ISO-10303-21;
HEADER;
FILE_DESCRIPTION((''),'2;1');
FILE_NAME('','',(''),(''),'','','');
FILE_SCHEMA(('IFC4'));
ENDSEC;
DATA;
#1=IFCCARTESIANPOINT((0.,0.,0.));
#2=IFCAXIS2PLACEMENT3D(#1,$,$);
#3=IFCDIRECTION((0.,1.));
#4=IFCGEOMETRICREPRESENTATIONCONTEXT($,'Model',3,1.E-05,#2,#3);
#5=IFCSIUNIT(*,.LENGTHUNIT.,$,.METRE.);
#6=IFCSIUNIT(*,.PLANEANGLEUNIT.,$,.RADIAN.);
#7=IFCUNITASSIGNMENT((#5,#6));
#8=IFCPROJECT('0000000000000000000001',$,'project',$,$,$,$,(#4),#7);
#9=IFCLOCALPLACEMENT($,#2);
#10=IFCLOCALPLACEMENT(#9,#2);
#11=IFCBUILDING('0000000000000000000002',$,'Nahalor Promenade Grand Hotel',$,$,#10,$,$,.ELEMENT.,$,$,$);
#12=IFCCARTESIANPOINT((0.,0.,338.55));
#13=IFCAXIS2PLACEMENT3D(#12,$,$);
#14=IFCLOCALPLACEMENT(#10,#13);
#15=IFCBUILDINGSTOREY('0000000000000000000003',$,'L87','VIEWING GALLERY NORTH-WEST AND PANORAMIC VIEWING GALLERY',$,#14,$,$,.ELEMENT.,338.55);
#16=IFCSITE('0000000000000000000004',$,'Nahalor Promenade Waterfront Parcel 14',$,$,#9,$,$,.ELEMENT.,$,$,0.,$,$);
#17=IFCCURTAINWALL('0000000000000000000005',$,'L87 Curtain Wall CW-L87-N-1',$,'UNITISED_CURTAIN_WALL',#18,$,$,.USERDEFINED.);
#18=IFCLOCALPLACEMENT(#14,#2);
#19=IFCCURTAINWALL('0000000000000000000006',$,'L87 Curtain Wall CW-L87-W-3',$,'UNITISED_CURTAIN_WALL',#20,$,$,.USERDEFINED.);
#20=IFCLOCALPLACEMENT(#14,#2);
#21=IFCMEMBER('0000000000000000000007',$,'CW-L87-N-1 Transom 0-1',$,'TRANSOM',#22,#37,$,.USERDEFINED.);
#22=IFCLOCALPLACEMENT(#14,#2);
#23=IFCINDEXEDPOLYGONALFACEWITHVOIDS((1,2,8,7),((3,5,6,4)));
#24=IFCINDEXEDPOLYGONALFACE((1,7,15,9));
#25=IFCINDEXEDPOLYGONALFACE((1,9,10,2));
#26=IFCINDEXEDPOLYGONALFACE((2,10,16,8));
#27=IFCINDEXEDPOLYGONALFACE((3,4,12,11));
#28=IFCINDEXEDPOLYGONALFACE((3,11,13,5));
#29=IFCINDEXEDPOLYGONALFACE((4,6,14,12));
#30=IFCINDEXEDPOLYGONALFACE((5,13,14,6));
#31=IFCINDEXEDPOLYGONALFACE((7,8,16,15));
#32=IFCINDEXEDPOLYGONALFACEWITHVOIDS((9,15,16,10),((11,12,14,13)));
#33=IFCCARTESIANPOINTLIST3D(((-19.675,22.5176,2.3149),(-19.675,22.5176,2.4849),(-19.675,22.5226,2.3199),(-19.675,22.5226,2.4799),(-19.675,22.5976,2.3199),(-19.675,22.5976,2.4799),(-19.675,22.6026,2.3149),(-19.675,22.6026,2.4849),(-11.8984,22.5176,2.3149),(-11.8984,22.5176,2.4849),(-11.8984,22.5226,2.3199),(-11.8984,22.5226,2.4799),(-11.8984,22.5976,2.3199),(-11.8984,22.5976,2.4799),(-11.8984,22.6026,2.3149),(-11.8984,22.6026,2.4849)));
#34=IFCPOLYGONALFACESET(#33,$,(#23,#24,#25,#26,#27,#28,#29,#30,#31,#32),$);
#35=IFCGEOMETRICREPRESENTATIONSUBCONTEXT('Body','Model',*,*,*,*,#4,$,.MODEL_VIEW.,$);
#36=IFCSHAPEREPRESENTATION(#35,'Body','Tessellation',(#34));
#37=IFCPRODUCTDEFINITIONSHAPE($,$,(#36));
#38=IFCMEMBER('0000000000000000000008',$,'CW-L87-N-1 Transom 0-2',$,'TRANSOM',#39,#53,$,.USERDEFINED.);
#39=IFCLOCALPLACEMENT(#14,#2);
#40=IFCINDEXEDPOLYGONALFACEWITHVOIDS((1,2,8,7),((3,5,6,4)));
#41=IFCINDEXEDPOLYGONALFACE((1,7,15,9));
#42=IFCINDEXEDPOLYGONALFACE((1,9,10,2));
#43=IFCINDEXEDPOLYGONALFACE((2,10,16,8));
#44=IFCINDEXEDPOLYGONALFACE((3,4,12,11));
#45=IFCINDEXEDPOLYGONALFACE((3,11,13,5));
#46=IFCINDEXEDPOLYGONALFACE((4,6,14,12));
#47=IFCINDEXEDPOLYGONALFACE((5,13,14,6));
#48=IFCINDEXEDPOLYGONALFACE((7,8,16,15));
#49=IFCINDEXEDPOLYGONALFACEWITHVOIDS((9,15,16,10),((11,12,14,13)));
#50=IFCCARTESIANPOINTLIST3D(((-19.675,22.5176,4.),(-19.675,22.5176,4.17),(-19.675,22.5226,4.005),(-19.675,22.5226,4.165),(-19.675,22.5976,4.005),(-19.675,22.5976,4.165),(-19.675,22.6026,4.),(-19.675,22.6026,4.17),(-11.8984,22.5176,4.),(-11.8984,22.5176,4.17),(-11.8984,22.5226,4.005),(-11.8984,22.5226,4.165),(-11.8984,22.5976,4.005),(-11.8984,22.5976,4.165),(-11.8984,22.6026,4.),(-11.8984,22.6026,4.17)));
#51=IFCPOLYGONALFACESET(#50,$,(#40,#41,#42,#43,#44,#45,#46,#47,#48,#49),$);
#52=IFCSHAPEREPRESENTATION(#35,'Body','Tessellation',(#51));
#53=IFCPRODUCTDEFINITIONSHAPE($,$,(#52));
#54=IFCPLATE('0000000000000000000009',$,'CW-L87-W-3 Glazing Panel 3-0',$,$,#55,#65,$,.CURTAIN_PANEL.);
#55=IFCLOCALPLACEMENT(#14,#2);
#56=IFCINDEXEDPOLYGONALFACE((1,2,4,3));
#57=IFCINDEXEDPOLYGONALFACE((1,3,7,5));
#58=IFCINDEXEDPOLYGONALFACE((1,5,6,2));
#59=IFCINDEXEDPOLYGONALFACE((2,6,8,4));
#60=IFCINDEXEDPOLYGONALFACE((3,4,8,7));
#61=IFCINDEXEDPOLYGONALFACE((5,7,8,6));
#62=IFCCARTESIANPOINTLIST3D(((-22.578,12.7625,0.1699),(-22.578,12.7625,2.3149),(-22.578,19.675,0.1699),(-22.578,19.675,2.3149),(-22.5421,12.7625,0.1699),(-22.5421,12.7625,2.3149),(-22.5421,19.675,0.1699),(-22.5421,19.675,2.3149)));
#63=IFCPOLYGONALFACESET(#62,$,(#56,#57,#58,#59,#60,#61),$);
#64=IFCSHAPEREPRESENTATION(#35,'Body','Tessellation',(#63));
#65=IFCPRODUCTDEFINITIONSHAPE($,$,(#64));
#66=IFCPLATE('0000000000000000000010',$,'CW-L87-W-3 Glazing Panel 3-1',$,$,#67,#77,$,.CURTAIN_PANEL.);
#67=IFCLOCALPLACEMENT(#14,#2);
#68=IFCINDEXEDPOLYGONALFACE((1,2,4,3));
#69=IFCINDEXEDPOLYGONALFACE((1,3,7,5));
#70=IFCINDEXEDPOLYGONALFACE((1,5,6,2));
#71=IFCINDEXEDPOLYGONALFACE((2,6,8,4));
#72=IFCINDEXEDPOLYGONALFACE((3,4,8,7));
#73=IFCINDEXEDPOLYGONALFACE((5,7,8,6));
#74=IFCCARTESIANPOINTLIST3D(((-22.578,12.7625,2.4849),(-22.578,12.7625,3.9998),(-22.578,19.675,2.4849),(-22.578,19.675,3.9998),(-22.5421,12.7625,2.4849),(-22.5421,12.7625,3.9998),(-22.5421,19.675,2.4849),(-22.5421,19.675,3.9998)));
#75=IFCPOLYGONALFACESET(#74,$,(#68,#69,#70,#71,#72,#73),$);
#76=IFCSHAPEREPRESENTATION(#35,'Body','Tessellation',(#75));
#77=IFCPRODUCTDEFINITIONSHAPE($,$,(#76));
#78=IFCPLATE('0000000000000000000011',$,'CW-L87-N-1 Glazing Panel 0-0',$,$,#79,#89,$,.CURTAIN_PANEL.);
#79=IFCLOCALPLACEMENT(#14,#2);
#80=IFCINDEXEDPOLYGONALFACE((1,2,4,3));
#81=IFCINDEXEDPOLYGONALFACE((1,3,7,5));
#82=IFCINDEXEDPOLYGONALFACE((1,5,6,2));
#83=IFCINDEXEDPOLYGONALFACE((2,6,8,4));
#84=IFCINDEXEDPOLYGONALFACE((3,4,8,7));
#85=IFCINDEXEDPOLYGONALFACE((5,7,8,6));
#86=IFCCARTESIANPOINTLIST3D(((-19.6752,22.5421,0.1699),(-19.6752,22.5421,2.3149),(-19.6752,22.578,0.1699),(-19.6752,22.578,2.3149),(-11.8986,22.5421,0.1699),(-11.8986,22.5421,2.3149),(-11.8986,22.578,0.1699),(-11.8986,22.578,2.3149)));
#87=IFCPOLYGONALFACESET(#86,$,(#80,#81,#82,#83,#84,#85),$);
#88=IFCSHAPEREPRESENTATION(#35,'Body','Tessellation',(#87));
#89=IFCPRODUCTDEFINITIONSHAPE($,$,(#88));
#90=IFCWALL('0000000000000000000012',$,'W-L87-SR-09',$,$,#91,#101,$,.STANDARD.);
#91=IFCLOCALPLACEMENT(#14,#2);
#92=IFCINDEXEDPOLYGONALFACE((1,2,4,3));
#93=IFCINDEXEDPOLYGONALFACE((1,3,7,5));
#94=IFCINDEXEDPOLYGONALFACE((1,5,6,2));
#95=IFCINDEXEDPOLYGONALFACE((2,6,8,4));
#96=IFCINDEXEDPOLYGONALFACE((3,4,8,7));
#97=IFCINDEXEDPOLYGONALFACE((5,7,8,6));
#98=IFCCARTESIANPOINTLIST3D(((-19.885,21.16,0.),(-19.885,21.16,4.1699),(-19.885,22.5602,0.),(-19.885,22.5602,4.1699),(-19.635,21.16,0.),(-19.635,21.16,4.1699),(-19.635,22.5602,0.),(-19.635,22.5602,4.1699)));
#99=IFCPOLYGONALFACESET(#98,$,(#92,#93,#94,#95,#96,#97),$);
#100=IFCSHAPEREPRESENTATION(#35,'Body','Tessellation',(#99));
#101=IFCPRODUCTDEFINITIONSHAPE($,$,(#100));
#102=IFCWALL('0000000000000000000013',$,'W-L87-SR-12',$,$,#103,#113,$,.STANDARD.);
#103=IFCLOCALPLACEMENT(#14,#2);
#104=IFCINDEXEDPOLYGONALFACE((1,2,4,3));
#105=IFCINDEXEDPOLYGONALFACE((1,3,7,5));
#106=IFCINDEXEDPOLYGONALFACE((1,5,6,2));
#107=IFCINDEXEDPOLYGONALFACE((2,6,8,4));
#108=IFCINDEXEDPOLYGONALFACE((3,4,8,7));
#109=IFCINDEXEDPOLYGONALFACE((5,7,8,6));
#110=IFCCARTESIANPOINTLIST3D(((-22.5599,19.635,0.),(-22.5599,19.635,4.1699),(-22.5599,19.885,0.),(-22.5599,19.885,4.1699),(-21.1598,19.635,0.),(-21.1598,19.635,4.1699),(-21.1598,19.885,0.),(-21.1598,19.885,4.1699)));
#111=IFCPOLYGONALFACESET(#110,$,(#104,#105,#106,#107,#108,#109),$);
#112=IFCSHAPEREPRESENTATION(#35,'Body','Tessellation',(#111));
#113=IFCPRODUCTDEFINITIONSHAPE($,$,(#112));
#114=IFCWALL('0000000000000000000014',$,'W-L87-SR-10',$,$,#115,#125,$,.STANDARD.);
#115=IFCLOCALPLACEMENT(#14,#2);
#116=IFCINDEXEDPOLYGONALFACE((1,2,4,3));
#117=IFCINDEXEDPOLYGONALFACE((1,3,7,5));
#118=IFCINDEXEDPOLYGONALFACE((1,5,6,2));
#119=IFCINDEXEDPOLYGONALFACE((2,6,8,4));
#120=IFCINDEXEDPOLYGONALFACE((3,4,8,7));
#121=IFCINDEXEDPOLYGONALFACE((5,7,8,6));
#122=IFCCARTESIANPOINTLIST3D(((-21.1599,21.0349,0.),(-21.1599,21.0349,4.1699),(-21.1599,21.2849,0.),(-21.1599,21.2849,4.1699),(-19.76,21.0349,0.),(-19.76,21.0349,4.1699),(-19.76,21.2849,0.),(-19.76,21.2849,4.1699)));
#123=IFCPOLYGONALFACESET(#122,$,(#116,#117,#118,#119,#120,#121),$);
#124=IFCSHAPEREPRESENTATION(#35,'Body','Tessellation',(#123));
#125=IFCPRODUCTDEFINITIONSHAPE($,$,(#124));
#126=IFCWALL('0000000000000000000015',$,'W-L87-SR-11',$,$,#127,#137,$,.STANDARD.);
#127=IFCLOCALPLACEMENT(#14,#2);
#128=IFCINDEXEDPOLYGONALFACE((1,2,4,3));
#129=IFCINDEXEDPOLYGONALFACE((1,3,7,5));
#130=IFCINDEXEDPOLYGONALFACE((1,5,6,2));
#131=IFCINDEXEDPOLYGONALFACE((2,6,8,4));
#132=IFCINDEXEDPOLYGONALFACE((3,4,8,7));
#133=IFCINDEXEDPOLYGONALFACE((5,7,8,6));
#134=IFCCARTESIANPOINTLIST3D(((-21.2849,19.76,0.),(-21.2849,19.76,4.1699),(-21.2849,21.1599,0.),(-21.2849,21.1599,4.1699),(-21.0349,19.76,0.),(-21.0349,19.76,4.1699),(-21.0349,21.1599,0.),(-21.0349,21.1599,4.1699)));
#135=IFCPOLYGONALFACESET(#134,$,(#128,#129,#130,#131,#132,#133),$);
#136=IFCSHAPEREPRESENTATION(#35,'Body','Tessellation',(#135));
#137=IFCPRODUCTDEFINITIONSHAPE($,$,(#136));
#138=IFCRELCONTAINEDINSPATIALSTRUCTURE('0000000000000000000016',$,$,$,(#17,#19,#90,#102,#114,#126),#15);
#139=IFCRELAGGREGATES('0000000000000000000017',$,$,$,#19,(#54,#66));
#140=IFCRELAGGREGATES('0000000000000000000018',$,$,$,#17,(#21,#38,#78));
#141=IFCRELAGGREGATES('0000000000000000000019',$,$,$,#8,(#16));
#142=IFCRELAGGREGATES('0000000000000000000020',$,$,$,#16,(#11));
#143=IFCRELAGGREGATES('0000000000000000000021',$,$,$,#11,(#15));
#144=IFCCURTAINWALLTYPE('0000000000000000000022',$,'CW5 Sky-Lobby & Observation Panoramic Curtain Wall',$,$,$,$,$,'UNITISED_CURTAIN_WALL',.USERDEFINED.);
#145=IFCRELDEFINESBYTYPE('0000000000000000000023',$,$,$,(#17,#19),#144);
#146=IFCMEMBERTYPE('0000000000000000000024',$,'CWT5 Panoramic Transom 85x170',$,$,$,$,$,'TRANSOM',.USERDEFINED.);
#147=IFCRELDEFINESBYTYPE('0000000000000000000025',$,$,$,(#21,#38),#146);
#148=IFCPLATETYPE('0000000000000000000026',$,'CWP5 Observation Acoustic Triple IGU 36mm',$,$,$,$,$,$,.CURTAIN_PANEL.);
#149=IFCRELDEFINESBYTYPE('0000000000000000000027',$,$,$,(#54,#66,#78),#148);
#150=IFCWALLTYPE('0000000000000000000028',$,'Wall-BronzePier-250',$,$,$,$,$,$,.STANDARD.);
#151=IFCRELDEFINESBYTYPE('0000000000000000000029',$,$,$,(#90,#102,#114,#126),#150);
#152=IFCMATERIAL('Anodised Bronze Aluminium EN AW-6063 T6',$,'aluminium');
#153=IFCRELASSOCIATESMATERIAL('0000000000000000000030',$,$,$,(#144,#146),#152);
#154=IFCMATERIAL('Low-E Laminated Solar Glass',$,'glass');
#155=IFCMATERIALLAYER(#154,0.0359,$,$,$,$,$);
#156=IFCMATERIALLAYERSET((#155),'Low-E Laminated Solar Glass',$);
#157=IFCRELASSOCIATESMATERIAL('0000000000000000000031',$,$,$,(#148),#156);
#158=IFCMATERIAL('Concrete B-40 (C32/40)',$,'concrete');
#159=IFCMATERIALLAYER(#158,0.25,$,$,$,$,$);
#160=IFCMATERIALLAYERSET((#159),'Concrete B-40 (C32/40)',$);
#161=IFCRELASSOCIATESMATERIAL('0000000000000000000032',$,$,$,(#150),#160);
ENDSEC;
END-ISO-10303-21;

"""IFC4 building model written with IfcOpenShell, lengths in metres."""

from ifc_helpers import new_model, si_unit, direction, frame, frame_2d, origin, origin_2d, place, context, subcontext, project, spatial, rectangle, hollow_rectangle, extrude, source, transform, mapped, material, layer, layer_set, material_profile, profile_set, type_object, element, aggregate, save


model = new_model("IFC4")

# Units and contexts
model_context = context("Model", 3, precision=1e-05, world=origin(), true_north=direction((0.0, 1.0)))
body_context = subcontext(model_context, "Body", "Model", "MODEL_VIEW")
ifc_project = project(units=[si_unit("LENGTHUNIT", "METRE"), si_unit("PLANEANGLEUNIT", "RADIAN")], contexts=[model_context])

# Site, building, storey
site_placement = place(None, origin())
site = spatial("IfcSite", under=ifc_project, at=site_placement, Name="Nahalor Promenade Waterfront Parcel 14", CompositionType="ELEMENT", RefElevation=0.0)
building_placement = place(site_placement, origin())
building = spatial("IfcBuilding", under=site, at=building_placement, Name="Nahalor Promenade Grand Hotel", CompositionType="ELEMENT")
storey_placement = place(building_placement, frame((0.0, 0.0, 338.55)))
storey = spatial("IfcBuildingStorey", under=building, at=storey_placement, Name="L87", Description="VIEWING GALLERY NORTH-WEST AND PANORAMIC VIEWING GALLERY", CompositionType="ELEMENT", Elevation=338.55)

# Curtain wall
ifc_material_1 = material(Name="Anodised Bronze Aluminium EN AW-6063 T6", Category="aluminium")
curtain_wall_type = type_object("IfcCurtainWallType", Name="CW5 Sky-Lobby & Observation Panoramic Curtain Wall", ElementType="UNITISED_CURTAIN_WALL", PredefinedType="USERDEFINED", material=ifc_material_1)
curtain_wall_1_placement = place(storey_placement, origin())
curtain_wall_1 = element("IfcCurtainWall", 1, at=curtain_wall_1_placement, inside=storey, type_object=curtain_wall_type, Name="L87 Curtain Wall CW-L87-N-1", ObjectType="UNITISED_CURTAIN_WALL", PredefinedType="USERDEFINED")

# Curtain wall
curtain_wall_2_placement = place(storey_placement, origin())
curtain_wall_2 = element("IfcCurtainWall", 2, at=curtain_wall_2_placement, inside=storey, type_object=curtain_wall_type, Name="L87 Curtain Wall CW-L87-W-3", ObjectType="UNITISED_CURTAIN_WALL", PredefinedType="USERDEFINED")
ifc_material_profile_1 = material_profile(ifc_material_1, hollow_rectangle(XDim=0.085, YDim=0.17, WallThickness=0.005, at=origin_2d()), Name="CWT 85x170x5")
ifc_profile_set_1 = profile_set([ifc_material_profile_1], Name="Anodised Bronze Aluminium EN AW-6063 T6")
member_type_1 = type_object("IfcMemberType", Name="CWT5 Panoramic Transom 85x170", ElementType="TRANSOM", PredefinedType="USERDEFINED", material=ifc_profile_set_1)

# Members
shared_shape_1 = source(origin(), body_context, "Body", "SweptSolid", [
    extrude(hollow_rectangle(XDim=0.085, YDim=0.17, WallThickness=0.005, at=origin_2d()), origin(), (0.0, 0.0, 1.0), 7.7766),
])
member_1_placement = place(storey_placement, frame((-19.675, 22.5601, 2.3999), z_axis=(1.0, 0.0, 0.0), x_axis=(0.0, 1.0, 0.0)))
member_1 = element("IfcMember", 3, at=member_1_placement, type_object=member_type_1, Name="CW-L87-N-1 Transom 0-1", ObjectType="TRANSOM", PredefinedType="USERDEFINED", context=body_context, shape_type="MappedRepresentation", body=[
    mapped(shared_shape_1, transform((0.0, 0.0, 0.0), scale=1.0)),
])
member_2_placement = place(storey_placement, frame((-19.675, 22.5601, 4.085), z_axis=(1.0, 0.0, 0.0), x_axis=(0.0, 1.0, 0.0)))
member_2 = element("IfcMember", 4, at=member_2_placement, type_object=member_type_1, Name="CW-L87-N-1 Transom 0-2", ObjectType="TRANSOM", PredefinedType="USERDEFINED", context=body_context, shape_type="MappedRepresentation", body=[
    mapped(shared_shape_1, transform((0.0, 0.0, 0.0), scale=1.0)),
])

# Plates
ifc_material_2 = material(Name="Low-E Laminated Solar Glass", Category="glass")
ifc_layer_1 = layer(ifc_material_2, 0.0359)
ifc_layer_set_1 = layer_set([ifc_layer_1], Name="Low-E Laminated Solar Glass")
plate_type = type_object("IfcPlateType", Name="CWP5 Observation Acoustic Triple IGU 36mm", PredefinedType="CURTAIN_PANEL", material=ifc_layer_set_1)
shared_shape_2 = source(origin(), body_context, "Body", "SweptSolid", [
    extrude(rectangle(XDim=6.9126, YDim=0.0359, at=origin_2d()), origin(), (0.0, 0.0, 1.0), 2.145),
])
plate_1_placement = place(storey_placement, frame((-22.5601, 16.2188, 0.1699), z_axis=(0.0, 0.0, 1.0), x_axis=(0.0, 1.0, 0.0)))
plate_1 = element("IfcPlate", 5, at=plate_1_placement, type_object=plate_type, Name="CW-L87-W-3 Glazing Panel 3-0", PredefinedType="CURTAIN_PANEL", context=body_context, shape_type="MappedRepresentation", body=[
    mapped(shared_shape_2, transform((0.0, 0.0, 0.0), scale=1.0)),
])
shared_shape_3 = source(origin(), body_context, "Body", "SweptSolid", [
    extrude(rectangle(XDim=6.9126, YDim=0.0359, at=origin_2d()), origin(), (0.0, 0.0, 1.0), 1.5149),
])
plate_2_placement = place(storey_placement, frame((-22.5601, 16.2188, 2.4849), z_axis=(0.0, 0.0, 1.0), x_axis=(0.0, 1.0, 0.0)))
plate_2 = element("IfcPlate", 6, at=plate_2_placement, type_object=plate_type, Name="CW-L87-W-3 Glazing Panel 3-1", PredefinedType="CURTAIN_PANEL", context=body_context, shape_type="MappedRepresentation", body=[
    mapped(shared_shape_3, transform((0.0, 0.0, 0.0), scale=1.0)),
])
aggregate(curtain_wall_2, [plate_1, plate_2])
shared_shape_4 = source(origin(), body_context, "Body", "SweptSolid", [
    extrude(rectangle(XDim=7.7766, YDim=0.0359, at=origin_2d()), origin(), (0.0, 0.0, 1.0), 2.145),
])
plate_3_placement = place(storey_placement, frame((-15.7869, 22.5601, 0.1699), z_axis=(0.0, 0.0, 1.0), x_axis=(1.0, 0.0, 0.0)))
plate_3 = element("IfcPlate", 7, at=plate_3_placement, type_object=plate_type, Name="CW-L87-N-1 Glazing Panel 0-0", PredefinedType="CURTAIN_PANEL", context=body_context, shape_type="MappedRepresentation", body=[
    mapped(shared_shape_4, transform((0.0, 0.0, 0.0), scale=1.0)),
])
aggregate(curtain_wall_1, [member_1, member_2, plate_3])

# Walls
ifc_material_3 = material(Name="Concrete B-40 (C32/40)", Category="concrete")
ifc_layer_2 = layer(ifc_material_3, 0.25)
ifc_layer_set_2 = layer_set([ifc_layer_2], Name="Concrete B-40 (C32/40)")
wall_type = type_object("IfcWallType", Name="Wall-BronzePier-250", PredefinedType="STANDARD", material=ifc_layer_set_2)
shared_shape_5 = source(origin(), body_context, "Body", "SweptSolid", [
    extrude(rectangle(XDim=1.4001, YDim=0.25, at=frame_2d((0.7002, 0.0))), origin(), (0.0, 0.0, 1.0), 4.1699),
])
for number, where, z_axis, x_axis, name in (
    (8, (-19.76, 21.1599, 0.0), (0.0, 0.0, 1.0), (0.0, 1.0, 0.0), "W-L87-SR-09"),
    (9, (-22.5601, 19.76, 0.0), (0.0, 0.0, 1.0), (1.0, 0.0, 0.0), "W-L87-SR-12"),
):
    element("IfcWall", number, at=place(storey_placement, frame(where, z_axis=z_axis, x_axis=x_axis)), inside=storey, type_object=wall_type, Name=name, PredefinedType="STANDARD", context=body_context, shape_type="MappedRepresentation", body=[
        mapped(shared_shape_5, transform((0.0, 0.0, 0.0), scale=1.0)),
    ])
shared_shape_6 = source(origin(), body_context, "Body", "SweptSolid", [
    extrude(rectangle(XDim=1.3999, YDim=0.25, at=frame_2d((0.7, 0.0))), origin(), (0.0, 0.0, 1.0), 4.1699),
])
for number, where, z_axis, x_axis, name in (
    (10, (-21.1599, 21.1599, 0.0), (0.0, 0.0, 1.0), (1.0, 0.0, 0.0), "W-L87-SR-10"),
    (11, (-21.1599, 19.76, 0.0), (0.0, 0.0, 1.0), (0.0, 1.0, 0.0), "W-L87-SR-11"),
):
    element("IfcWall", number, at=place(storey_placement, frame(where, z_axis=z_axis, x_axis=x_axis)), inside=storey, type_object=wall_type, Name=name, PredefinedType="STANDARD", context=body_context, shape_type="MappedRepresentation", body=[
        mapped(shared_shape_6, transform((0.0, 0.0, 0.0), scale=1.0)),
    ])

save(model, "model.ifc")
